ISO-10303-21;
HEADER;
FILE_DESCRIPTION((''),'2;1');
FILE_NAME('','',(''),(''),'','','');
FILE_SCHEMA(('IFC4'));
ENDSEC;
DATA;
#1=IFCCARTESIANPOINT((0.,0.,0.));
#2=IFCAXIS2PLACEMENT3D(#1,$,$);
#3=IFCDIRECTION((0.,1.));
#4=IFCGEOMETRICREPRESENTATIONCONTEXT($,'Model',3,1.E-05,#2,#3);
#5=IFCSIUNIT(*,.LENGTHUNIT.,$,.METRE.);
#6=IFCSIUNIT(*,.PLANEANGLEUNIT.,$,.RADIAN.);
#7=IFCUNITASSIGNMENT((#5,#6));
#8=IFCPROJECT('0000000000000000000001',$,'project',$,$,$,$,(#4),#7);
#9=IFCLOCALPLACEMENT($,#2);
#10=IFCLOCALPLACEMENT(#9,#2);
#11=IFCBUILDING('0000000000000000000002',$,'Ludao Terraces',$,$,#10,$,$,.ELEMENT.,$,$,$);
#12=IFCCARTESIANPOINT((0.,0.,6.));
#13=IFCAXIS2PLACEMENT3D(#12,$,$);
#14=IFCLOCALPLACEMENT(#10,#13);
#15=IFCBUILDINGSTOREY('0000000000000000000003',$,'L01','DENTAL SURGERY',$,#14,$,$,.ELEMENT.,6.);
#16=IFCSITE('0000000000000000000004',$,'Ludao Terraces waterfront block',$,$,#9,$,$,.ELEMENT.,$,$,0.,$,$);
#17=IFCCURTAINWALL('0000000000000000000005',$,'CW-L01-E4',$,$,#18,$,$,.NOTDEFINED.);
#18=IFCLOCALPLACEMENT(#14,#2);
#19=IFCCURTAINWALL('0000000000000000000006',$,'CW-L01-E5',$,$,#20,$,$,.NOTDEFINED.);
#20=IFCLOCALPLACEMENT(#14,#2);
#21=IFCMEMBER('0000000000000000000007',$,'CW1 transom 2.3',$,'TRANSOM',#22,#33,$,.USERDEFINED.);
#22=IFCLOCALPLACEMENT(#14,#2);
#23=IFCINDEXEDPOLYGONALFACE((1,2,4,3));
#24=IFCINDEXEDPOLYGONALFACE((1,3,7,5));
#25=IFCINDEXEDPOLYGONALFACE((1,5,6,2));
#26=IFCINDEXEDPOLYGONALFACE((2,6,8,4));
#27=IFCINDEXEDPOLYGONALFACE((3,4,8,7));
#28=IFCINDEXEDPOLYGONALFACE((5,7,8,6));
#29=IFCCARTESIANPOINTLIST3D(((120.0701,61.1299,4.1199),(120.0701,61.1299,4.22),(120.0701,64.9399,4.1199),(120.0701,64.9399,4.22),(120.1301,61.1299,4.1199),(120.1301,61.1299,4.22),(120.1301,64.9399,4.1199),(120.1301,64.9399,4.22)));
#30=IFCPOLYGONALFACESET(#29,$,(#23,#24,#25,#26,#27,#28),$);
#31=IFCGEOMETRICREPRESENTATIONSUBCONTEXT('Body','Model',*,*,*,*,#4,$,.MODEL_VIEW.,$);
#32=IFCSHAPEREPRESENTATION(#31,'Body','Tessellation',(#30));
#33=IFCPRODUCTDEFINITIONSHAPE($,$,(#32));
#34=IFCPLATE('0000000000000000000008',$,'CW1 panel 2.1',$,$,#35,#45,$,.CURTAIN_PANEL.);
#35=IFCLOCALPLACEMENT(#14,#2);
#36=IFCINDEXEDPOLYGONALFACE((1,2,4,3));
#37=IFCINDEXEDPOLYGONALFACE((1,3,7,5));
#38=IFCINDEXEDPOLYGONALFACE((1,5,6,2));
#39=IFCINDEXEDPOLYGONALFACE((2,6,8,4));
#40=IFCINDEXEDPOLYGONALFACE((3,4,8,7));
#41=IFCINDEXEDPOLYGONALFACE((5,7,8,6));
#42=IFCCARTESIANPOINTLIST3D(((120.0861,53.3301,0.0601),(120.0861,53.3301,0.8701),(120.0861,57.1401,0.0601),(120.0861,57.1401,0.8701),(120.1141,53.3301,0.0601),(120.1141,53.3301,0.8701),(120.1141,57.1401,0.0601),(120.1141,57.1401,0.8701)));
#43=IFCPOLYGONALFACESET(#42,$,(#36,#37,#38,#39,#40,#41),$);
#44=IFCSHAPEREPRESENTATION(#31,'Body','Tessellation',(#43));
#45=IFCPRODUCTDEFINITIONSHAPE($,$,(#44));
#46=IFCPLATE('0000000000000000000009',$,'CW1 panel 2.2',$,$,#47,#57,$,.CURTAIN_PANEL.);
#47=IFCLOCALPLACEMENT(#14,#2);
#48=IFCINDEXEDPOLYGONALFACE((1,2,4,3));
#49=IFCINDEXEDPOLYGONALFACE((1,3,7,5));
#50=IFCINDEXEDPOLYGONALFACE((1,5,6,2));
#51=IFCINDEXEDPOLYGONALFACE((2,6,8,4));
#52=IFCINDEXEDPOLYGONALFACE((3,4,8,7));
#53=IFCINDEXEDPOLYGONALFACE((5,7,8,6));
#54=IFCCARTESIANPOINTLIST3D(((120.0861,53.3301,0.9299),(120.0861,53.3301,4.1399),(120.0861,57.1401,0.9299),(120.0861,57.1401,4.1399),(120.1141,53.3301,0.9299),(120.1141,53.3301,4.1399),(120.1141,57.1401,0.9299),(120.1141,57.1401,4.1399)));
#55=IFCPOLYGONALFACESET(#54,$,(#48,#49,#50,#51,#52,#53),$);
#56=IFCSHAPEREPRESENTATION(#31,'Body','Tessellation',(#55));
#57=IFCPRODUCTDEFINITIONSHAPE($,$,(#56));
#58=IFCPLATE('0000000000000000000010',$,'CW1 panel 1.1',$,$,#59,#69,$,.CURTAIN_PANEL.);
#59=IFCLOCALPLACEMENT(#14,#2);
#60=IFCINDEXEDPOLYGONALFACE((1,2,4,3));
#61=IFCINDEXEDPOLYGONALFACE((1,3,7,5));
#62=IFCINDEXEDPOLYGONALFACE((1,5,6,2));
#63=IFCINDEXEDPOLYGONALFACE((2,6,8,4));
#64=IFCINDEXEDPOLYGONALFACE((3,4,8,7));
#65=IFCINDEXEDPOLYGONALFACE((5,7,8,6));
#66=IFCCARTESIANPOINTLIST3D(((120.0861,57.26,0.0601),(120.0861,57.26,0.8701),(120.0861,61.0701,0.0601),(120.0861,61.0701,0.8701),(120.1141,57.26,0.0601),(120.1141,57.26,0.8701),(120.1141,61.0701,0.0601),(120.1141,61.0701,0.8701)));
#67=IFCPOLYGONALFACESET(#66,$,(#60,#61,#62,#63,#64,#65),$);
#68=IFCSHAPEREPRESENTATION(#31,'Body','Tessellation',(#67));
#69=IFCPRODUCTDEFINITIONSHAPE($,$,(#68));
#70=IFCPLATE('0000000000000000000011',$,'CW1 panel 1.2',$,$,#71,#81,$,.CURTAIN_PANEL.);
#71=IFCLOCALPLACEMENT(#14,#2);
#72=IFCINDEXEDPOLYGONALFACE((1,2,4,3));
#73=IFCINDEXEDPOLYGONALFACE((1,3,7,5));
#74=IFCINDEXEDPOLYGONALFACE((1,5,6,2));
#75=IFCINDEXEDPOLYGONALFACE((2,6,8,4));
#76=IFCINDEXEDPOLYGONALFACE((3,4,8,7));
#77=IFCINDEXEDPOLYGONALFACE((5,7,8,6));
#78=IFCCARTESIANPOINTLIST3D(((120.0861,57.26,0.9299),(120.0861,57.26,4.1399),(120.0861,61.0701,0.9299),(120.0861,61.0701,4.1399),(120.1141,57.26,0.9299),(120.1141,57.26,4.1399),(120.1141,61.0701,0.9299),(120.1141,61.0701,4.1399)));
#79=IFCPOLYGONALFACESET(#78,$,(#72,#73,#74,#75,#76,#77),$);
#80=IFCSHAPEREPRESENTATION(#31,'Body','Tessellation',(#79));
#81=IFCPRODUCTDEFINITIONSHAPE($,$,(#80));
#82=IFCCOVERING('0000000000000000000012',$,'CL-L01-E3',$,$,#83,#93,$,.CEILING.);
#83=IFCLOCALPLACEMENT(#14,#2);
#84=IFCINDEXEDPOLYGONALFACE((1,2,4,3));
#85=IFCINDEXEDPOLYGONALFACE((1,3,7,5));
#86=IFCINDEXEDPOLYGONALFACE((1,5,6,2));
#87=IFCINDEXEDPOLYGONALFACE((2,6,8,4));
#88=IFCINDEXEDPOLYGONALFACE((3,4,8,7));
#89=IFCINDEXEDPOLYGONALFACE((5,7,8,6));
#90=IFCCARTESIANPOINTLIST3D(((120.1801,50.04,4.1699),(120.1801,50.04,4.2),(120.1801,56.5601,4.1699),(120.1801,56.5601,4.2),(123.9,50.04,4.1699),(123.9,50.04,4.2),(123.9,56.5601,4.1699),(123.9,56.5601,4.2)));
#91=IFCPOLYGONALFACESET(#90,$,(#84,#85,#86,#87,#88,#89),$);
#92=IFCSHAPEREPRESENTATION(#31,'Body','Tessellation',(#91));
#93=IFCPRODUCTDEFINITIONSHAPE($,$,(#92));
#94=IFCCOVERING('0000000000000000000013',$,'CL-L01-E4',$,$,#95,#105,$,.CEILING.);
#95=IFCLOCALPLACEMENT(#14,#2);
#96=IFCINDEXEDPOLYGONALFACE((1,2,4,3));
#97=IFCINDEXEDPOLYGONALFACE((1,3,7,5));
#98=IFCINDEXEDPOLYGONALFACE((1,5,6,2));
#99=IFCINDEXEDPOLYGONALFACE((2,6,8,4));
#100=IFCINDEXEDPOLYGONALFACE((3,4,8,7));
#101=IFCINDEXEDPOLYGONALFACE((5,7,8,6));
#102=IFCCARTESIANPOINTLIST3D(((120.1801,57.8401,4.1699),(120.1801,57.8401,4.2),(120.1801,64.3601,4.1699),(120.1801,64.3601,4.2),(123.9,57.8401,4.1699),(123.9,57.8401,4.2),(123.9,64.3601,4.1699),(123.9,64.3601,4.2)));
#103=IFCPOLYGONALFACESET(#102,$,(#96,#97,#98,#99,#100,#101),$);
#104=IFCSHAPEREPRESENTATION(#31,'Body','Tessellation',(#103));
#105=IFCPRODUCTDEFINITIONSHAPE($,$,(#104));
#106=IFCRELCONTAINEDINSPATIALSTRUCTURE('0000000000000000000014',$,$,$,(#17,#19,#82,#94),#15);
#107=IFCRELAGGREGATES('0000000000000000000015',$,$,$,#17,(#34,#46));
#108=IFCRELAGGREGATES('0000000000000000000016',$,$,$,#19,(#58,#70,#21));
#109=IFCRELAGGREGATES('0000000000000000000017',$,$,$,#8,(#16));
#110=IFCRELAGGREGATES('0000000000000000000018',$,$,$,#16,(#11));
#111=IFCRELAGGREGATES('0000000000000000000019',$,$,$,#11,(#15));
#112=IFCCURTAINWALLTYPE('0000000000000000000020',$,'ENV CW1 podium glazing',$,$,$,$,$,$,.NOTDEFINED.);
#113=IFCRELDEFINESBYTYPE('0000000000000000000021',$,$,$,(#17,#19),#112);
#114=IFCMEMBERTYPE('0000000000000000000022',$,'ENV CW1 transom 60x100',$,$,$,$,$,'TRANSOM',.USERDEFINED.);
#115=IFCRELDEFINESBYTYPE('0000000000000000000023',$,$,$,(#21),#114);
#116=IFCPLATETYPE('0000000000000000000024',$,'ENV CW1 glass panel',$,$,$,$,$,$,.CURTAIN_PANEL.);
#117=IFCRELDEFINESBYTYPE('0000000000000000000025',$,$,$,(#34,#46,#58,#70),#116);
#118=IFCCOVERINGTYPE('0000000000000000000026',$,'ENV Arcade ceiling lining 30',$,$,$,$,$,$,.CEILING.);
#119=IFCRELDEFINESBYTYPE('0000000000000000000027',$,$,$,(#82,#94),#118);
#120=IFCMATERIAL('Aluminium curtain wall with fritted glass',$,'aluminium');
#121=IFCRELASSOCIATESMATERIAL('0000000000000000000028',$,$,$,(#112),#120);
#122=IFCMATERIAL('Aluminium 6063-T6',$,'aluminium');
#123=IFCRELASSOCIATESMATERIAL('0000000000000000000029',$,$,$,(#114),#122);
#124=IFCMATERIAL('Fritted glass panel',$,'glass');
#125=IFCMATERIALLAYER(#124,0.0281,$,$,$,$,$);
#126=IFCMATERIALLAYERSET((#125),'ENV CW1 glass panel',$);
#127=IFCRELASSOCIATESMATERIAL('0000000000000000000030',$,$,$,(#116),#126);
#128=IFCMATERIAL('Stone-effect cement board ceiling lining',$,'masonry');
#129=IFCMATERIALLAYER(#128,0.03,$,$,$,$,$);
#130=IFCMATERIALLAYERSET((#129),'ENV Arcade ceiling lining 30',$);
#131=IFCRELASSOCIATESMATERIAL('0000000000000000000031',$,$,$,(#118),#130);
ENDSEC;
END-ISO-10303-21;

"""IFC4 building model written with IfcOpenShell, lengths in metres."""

from ifc_helpers import new_model, si_unit, direction, frame, origin, origin_2d, place, context, subcontext, project, spatial, rectangle, extrude, material, layer, layer_set, material_profile, profile_set, type_object, element, aggregate, save


model = new_model("IFC4")

# Units and contexts
model_context = context("Model", 3, precision=1e-05, world=origin(), true_north=direction((0.0, 1.0)))
body_context = subcontext(model_context, "Body", "Model", "MODEL_VIEW")
ifc_project = project(units=[si_unit("LENGTHUNIT", "METRE"), si_unit("PLANEANGLEUNIT", "RADIAN")], contexts=[model_context])

# Site, building, storey
site_placement = place(None, origin())
site = spatial("IfcSite", under=ifc_project, at=site_placement, Name="Ludao Terraces waterfront block", CompositionType="ELEMENT", RefElevation=0.0)
building_placement = place(site_placement, origin())
building = spatial("IfcBuilding", under=site, at=building_placement, Name="Ludao Terraces", CompositionType="ELEMENT")
storey_placement = place(building_placement, frame((0.0, 0.0, 6.0)))
storey = spatial("IfcBuildingStorey", under=building, at=storey_placement, Name="L01", Description="DENTAL SURGERY", CompositionType="ELEMENT", Elevation=6.0)

# Curtain wall
ifc_material_1 = material(Name="Aluminium curtain wall with fritted glass", Category="aluminium")
curtain_wall_type = type_object("IfcCurtainWallType", Name="ENV CW1 podium glazing", PredefinedType="NOTDEFINED", material=ifc_material_1)
curtain_wall_1_placement = place(storey_placement, origin())
curtain_wall_1 = element("IfcCurtainWall", 1, at=curtain_wall_1_placement, inside=storey, type_object=curtain_wall_type, Name="CW-L01-E4", PredefinedType="NOTDEFINED")
ifc_material_2 = material(Name="Aluminium 6063-T6", Category="aluminium")

# Curtain wall
curtain_wall_2_placement = place(storey_placement, origin())
curtain_wall_2 = element("IfcCurtainWall", 2, at=curtain_wall_2_placement, inside=storey, type_object=curtain_wall_type, Name="CW-L01-E5", PredefinedType="NOTDEFINED")

# Member
ifc_material_profile_1 = material_profile(ifc_material_2, rectangle(XDim=0.0601, YDim=0.1001, at=origin_2d()), Name="60 X 100")
ifc_profile_set_1 = profile_set([ifc_material_profile_1], Name="Aluminium 6063-T6")
member_type_1 = type_object("IfcMemberType", Name="ENV CW1 transom 60x100", ElementType="TRANSOM", PredefinedType="USERDEFINED", material=ifc_profile_set_1)
member_1_placement = place(storey_placement, frame((120.1001, 61.1299, 4.1699), z_axis=(0.0, 1.0, 0.0), x_axis=(-1.0, 0.0, 0.0)))
member_1 = element("IfcMember", 3, at=member_1_placement, type_object=member_type_1, Name="CW1 transom 2.3", ObjectType="TRANSOM", PredefinedType="USERDEFINED", context=body_context, shape_type="SweptSolid", body=[
    extrude(rectangle(XDim=0.0601, YDim=0.1001, at=origin_2d()), origin(), (0.0, 0.0, 1.0), 3.8101),
])

# Plates
ifc_material_3 = material(Name="Fritted glass panel", Category="glass")
ifc_layer_1 = layer(ifc_material_3, 0.0281)
ifc_layer_set_1 = layer_set([ifc_layer_1], Name="ENV CW1 glass panel")
plate_type = type_object("IfcPlateType", Name="ENV CW1 glass panel", PredefinedType="CURTAIN_PANEL", material=ifc_layer_set_1)
plate_1_placement = place(storey_placement, frame((120.1001, 55.2351, 0.0601), z_axis=(0.0, 0.0, 1.0), x_axis=(0.0, 1.0, 0.0)))
plate_1 = element("IfcPlate", 4, at=plate_1_placement, type_object=plate_type, Name="CW1 panel 2.1", PredefinedType="CURTAIN_PANEL", context=body_context, shape_type="SweptSolid", body=[
    extrude(rectangle(XDim=3.8101, YDim=0.0281, at=origin_2d()), origin(), (0.0, 0.0, 1.0), 0.8101),
])
plate_2_placement = place(storey_placement, frame((120.1001, 55.2351, 0.9299), z_axis=(0.0, 0.0, 1.0), x_axis=(0.0, 1.0, 0.0)))
plate_2 = element("IfcPlate", 5, at=plate_2_placement, type_object=plate_type, Name="CW1 panel 2.2", PredefinedType="CURTAIN_PANEL", context=body_context, shape_type="SweptSolid", body=[
    extrude(rectangle(XDim=3.8101, YDim=0.0281, at=origin_2d()), origin(), (0.0, 0.0, 1.0), 3.21),
])
aggregate(curtain_wall_1, [plate_1, plate_2])
plate_3_placement = place(storey_placement, frame((120.1001, 59.165, 0.0601), z_axis=(0.0, 0.0, 1.0), x_axis=(0.0, 1.0, 0.0)))
plate_3 = element("IfcPlate", 6, at=plate_3_placement, type_object=plate_type, Name="CW1 panel 1.1", PredefinedType="CURTAIN_PANEL", context=body_context, shape_type="SweptSolid", body=[
    extrude(rectangle(XDim=3.8101, YDim=0.0281, at=origin_2d()), origin(), (0.0, 0.0, 1.0), 0.8101),
])
plate_4_placement = place(storey_placement, frame((120.1001, 59.165, 0.9299), z_axis=(0.0, 0.0, 1.0), x_axis=(0.0, 1.0, 0.0)))
plate_4 = element("IfcPlate", 7, at=plate_4_placement, type_object=plate_type, Name="CW1 panel 1.2", PredefinedType="CURTAIN_PANEL", context=body_context, shape_type="SweptSolid", body=[
    extrude(rectangle(XDim=3.8101, YDim=0.0281, at=origin_2d()), origin(), (0.0, 0.0, 1.0), 3.21),
])
aggregate(curtain_wall_2, [plate_3, plate_4, member_1])

# Coverings
ifc_material_4 = material(Name="Stone-effect cement board ceiling lining", Category="masonry")
ifc_layer_2 = layer(ifc_material_4, 0.03)
ifc_layer_set_2 = layer_set([ifc_layer_2], Name="ENV Arcade ceiling lining 30")
covering_type = type_object("IfcCoveringType", Name="ENV Arcade ceiling lining 30", PredefinedType="CEILING", material=ifc_layer_set_2)
for number, where, z_axis, x_axis, name in (
    (8, (122.04, 53.3, 4.1699), (0.0, 0.0, 1.0), (1.0, 0.0, 0.0), "CL-L01-E3"),
    (9, (122.04, 61.1001, 4.1699), (0.0, 0.0, 1.0), (1.0, 0.0, 0.0), "CL-L01-E4"),
):
    element("IfcCovering", number, at=place(storey_placement, frame(where, z_axis=z_axis, x_axis=x_axis)), inside=storey, type_object=covering_type, Name=name, PredefinedType="CEILING", context=body_context, shape_type="SweptSolid", body=[
        extrude(rectangle(XDim=3.72, YDim=6.52, at=origin_2d()), origin(), (0.0, 0.0, 1.0), 0.03),
    ])

save(model, "model.ifc")
